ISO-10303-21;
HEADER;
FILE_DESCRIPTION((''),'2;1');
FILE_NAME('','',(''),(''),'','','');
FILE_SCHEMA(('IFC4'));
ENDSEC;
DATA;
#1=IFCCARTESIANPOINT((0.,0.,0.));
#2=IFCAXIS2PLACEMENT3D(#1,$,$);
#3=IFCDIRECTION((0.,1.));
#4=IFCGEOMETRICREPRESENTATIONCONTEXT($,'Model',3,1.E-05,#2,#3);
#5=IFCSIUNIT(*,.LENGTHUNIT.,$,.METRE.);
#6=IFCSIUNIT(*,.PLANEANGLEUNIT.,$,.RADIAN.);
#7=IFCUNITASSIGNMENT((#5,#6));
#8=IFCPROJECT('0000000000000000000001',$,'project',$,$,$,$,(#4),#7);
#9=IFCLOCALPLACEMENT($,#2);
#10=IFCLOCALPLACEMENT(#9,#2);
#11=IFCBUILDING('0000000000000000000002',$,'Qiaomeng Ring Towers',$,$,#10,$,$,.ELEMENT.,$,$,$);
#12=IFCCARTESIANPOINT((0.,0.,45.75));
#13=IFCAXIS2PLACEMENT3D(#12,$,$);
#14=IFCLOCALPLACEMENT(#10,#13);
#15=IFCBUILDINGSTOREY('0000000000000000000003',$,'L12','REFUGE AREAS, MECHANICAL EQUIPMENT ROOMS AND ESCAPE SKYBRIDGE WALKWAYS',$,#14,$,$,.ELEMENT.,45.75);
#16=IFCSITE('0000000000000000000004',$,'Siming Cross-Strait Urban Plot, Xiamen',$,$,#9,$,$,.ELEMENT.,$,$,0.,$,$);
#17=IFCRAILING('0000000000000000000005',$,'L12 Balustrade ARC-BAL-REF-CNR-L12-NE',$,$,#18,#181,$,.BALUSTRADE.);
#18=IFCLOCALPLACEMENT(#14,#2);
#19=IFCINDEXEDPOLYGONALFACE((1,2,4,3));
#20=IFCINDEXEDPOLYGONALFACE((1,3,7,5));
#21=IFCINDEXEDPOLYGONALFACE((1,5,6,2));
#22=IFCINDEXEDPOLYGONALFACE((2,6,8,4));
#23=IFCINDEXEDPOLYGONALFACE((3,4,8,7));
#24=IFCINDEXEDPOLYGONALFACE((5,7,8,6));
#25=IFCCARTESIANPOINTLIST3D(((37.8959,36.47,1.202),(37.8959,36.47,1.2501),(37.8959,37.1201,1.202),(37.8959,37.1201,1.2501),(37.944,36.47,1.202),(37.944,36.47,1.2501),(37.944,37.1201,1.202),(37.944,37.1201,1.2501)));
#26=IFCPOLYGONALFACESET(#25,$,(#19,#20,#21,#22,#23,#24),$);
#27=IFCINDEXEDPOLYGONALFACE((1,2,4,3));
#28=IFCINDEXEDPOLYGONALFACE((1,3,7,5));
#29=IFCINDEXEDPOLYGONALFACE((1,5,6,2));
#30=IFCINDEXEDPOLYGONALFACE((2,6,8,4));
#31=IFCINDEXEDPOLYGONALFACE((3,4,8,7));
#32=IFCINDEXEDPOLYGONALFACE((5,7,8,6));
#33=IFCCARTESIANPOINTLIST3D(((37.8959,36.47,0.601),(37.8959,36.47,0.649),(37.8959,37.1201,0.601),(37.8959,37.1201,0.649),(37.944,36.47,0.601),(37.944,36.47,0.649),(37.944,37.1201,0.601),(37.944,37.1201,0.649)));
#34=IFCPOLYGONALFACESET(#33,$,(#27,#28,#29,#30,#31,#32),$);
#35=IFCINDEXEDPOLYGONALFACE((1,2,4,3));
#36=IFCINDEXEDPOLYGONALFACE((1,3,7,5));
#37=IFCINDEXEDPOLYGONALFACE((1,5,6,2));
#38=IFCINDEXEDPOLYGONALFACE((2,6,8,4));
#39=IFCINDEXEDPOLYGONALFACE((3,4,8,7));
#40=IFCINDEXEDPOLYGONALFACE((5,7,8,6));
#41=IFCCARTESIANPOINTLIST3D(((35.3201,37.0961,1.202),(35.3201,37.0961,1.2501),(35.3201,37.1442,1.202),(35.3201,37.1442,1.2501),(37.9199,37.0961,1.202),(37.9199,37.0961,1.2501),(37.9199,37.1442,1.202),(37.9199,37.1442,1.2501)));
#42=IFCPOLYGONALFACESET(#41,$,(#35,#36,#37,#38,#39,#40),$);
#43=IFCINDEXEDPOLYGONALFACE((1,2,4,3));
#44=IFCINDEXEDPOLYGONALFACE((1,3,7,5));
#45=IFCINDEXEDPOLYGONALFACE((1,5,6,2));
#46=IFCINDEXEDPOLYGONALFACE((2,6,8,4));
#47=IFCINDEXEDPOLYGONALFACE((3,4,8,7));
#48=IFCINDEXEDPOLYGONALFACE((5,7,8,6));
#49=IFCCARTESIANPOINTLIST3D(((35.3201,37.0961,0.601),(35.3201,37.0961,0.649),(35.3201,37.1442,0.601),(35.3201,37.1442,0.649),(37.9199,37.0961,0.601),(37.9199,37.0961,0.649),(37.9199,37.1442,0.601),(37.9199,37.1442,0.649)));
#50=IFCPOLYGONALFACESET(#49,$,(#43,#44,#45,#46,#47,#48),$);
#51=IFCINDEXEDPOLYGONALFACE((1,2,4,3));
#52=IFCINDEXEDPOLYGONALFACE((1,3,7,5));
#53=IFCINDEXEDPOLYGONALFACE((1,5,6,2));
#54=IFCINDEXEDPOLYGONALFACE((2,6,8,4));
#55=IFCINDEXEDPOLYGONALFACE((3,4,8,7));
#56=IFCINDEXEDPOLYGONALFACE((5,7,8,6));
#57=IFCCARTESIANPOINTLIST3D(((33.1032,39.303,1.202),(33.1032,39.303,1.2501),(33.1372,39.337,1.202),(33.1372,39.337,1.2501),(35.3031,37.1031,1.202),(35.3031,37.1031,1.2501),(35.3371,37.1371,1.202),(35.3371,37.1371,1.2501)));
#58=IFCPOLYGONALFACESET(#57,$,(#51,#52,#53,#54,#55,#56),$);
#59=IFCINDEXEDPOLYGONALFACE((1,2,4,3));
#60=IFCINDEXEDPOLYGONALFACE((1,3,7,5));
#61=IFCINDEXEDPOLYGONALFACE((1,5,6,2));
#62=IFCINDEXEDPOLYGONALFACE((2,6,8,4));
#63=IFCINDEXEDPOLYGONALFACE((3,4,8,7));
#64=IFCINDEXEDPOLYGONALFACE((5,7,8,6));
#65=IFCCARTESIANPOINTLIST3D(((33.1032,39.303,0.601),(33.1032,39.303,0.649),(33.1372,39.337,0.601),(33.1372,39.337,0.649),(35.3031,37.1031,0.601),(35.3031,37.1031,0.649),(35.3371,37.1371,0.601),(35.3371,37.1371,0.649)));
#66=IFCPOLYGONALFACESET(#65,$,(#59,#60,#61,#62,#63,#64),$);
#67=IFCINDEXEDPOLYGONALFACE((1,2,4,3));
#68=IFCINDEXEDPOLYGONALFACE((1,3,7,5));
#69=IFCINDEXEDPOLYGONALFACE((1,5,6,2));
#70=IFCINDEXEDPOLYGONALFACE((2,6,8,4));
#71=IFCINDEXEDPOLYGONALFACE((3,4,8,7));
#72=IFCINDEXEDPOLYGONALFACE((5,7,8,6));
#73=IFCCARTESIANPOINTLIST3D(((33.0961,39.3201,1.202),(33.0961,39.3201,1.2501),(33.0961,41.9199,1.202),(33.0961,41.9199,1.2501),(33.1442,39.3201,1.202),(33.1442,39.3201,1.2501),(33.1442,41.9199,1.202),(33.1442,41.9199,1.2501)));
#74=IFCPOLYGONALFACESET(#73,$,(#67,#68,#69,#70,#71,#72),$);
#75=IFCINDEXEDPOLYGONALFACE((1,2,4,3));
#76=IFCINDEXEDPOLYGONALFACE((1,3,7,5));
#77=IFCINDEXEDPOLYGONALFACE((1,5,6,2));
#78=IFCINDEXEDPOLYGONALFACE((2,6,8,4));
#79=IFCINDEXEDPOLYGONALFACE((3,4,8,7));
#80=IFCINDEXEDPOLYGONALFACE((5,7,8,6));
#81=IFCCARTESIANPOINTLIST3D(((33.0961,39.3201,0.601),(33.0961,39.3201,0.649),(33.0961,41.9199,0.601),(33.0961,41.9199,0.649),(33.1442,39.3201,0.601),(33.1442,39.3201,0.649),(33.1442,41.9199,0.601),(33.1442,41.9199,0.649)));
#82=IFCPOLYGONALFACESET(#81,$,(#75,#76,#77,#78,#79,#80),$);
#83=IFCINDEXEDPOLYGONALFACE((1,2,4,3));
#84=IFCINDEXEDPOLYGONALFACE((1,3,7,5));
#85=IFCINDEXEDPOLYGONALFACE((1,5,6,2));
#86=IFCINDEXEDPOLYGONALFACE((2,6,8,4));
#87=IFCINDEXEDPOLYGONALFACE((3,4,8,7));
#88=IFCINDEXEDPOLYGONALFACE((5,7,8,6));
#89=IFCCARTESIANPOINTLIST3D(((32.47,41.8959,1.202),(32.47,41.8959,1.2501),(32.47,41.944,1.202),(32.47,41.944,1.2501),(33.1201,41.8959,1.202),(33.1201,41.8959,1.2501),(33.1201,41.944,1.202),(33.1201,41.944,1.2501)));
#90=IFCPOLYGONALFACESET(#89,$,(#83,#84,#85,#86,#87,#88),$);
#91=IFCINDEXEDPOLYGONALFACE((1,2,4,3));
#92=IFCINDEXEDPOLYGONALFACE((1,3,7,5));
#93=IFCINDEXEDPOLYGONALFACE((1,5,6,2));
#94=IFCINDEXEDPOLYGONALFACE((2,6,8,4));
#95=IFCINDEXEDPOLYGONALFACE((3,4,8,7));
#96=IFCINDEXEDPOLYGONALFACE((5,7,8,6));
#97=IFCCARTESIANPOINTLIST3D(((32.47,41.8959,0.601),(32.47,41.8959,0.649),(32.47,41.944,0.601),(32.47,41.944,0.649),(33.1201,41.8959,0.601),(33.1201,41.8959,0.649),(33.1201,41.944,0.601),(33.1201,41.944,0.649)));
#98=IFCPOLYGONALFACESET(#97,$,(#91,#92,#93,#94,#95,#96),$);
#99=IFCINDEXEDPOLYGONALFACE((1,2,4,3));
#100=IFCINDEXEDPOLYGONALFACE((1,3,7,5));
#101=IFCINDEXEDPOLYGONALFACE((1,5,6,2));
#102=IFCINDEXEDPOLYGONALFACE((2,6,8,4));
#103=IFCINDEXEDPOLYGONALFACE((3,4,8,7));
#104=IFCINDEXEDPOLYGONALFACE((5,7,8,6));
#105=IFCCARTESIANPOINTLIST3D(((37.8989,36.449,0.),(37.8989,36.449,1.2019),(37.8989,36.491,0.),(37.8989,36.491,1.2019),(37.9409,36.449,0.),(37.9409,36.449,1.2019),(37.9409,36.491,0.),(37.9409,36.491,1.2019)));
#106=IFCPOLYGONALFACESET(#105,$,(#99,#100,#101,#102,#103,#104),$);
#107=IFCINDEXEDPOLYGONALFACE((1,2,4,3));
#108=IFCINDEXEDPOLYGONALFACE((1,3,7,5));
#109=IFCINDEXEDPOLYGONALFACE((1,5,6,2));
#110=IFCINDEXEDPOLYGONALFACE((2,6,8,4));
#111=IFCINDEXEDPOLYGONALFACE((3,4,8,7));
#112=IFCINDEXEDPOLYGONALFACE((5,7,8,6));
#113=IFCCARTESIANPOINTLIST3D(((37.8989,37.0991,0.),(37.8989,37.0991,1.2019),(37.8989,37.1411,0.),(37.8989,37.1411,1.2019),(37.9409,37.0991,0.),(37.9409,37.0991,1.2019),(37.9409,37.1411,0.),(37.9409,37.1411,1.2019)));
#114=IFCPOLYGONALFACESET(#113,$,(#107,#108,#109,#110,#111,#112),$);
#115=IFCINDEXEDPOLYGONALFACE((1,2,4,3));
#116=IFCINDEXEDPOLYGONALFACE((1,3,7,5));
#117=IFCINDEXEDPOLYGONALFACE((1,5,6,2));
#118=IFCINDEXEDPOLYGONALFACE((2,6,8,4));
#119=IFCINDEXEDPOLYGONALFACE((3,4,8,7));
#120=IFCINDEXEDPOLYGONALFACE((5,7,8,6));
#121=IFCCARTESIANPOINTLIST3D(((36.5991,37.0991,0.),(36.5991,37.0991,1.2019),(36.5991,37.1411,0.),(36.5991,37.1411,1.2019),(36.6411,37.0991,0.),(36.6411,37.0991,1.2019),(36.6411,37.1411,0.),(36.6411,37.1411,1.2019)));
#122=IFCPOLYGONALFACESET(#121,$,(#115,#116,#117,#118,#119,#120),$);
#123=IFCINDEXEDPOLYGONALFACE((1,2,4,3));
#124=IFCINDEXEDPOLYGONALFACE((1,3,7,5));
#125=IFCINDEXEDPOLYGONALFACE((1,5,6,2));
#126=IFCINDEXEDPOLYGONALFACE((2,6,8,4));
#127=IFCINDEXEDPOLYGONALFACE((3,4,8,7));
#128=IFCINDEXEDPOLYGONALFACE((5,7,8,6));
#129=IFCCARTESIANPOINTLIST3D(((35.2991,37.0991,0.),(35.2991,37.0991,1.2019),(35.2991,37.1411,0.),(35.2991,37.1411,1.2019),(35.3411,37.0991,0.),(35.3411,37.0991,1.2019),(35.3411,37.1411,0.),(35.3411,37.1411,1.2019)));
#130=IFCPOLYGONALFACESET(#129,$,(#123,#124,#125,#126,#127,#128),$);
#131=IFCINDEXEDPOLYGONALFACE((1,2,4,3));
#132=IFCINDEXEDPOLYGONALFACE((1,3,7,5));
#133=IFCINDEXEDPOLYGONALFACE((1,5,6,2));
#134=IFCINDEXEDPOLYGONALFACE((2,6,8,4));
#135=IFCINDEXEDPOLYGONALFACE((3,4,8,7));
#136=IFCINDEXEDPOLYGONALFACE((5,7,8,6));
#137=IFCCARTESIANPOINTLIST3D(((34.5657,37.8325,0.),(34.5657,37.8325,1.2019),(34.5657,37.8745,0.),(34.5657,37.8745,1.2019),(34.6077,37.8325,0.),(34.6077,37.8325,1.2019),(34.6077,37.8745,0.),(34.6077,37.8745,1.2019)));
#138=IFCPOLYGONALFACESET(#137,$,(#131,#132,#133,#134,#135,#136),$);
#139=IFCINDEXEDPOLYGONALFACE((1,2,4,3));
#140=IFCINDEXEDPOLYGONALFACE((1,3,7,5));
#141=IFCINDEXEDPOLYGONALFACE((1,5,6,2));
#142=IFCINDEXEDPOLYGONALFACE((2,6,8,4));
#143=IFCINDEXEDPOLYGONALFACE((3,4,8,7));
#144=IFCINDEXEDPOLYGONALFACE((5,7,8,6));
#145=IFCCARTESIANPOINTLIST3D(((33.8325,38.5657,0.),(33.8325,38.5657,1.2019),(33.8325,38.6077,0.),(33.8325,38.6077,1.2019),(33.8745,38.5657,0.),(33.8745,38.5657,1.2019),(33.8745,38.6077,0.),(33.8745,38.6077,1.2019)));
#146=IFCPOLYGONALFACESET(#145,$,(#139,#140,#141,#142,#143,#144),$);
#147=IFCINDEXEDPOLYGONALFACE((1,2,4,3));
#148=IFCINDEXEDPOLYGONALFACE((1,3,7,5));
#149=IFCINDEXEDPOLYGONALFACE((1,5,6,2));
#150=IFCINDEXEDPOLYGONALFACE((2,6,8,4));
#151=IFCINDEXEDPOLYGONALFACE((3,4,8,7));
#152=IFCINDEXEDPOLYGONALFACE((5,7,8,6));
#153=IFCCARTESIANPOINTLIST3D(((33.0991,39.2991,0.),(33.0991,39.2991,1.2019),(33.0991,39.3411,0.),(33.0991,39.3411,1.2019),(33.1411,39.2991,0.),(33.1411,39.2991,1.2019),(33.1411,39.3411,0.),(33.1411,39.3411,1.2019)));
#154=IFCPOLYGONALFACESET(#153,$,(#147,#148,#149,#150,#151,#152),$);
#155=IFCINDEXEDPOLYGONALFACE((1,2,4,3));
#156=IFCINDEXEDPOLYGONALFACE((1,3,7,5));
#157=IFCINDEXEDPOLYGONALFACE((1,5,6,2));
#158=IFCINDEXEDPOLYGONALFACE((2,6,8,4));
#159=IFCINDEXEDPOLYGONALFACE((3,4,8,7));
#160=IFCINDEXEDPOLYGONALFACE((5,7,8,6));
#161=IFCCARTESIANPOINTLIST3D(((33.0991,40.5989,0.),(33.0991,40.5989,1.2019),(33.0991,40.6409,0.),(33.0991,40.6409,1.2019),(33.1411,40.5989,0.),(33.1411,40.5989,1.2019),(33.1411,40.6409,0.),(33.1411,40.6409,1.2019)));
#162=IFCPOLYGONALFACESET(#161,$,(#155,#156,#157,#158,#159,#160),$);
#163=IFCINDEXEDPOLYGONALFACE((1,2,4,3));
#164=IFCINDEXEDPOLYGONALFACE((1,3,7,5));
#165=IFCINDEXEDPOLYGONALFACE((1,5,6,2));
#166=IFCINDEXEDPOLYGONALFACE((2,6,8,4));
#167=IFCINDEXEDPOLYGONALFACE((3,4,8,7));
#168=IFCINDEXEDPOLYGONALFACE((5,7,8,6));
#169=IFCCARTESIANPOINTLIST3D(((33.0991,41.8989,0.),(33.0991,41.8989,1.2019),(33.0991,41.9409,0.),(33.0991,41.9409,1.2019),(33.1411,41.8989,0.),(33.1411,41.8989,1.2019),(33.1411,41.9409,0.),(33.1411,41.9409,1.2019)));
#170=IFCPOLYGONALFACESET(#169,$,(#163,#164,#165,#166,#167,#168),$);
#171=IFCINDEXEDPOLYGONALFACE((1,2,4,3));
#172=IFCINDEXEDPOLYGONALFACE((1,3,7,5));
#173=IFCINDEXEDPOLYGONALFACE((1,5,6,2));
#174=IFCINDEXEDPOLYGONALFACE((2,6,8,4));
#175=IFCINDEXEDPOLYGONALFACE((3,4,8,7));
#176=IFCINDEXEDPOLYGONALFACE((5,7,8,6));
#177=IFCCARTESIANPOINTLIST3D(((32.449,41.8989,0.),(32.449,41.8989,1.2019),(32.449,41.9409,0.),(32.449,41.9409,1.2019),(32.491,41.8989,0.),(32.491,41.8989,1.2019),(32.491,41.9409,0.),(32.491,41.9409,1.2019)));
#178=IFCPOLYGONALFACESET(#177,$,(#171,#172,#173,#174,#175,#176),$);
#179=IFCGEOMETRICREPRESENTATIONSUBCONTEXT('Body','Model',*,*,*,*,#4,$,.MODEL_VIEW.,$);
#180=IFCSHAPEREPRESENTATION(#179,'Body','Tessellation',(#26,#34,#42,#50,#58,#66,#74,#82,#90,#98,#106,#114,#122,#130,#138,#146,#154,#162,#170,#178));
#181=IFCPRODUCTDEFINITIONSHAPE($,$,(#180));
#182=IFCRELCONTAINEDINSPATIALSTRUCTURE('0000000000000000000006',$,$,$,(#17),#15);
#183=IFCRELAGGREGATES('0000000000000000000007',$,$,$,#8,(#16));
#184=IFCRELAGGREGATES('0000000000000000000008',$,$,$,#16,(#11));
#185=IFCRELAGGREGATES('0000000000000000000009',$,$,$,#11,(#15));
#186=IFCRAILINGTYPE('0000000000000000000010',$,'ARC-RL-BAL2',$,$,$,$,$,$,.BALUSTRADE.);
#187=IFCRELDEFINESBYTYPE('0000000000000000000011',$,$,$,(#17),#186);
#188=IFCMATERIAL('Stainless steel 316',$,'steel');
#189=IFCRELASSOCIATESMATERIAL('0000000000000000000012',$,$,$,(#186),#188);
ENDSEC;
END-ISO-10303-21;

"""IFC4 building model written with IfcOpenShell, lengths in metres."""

from ifc_helpers import new_model, si_unit, direction, frame, origin, origin_2d, place, context, subcontext, project, spatial, rectangle, extrude, material, type_object, element, save


model = new_model("IFC4")

# Units and contexts
model_context = context("Model", 3, precision=1e-05, world=origin(), true_north=direction((0.0, 1.0)))
body_context = subcontext(model_context, "Body", "Model", "MODEL_VIEW")
ifc_project = project(units=[si_unit("LENGTHUNIT", "METRE"), si_unit("PLANEANGLEUNIT", "RADIAN")], contexts=[model_context])

# Site, building, storey
site_placement = place(None, origin())
site = spatial("IfcSite", under=ifc_project, at=site_placement, Name="Siming Cross-Strait Urban Plot, Xiamen", CompositionType="ELEMENT", RefElevation=0.0)
building_placement = place(site_placement, origin())
building = spatial("IfcBuilding", under=site, at=building_placement, Name="Qiaomeng Ring Towers", CompositionType="ELEMENT")
storey_placement = place(building_placement, frame((0.0, 0.0, 45.75)))
storey = spatial("IfcBuildingStorey", under=building, at=storey_placement, Name="L12", Description="REFUGE AREAS, MECHANICAL EQUIPMENT ROOMS AND ESCAPE SKYBRIDGE WALKWAYS", CompositionType="ELEMENT", Elevation=45.75)

# Railing
ifc_material_1 = material(Name="Stainless steel 316", Category="steel")
railing_type_1 = type_object("IfcRailingType", Name="ARC-RL-BAL2", PredefinedType="BALUSTRADE", material=ifc_material_1)
railing_1_placement = place(storey_placement, frame((37.9199, 36.47, 0.0)))
element("IfcRailing", 1, at=railing_1_placement, inside=storey, type_object=railing_type_1, Name="L12 Balustrade ARC-BAL-REF-CNR-L12-NE", PredefinedType="BALUSTRADE", context=body_context, shape_type="SweptSolid", body=[
    extrude(rectangle(XDim=0.0481, YDim=0.0481, at=origin_2d()), frame((0.0, 0.0, 1.2261), z_axis=(0.0, 1.0, 0.0), x_axis=(-1.0, 0.0, 0.0)), (0.0, 0.0, 1.0), 0.6501),
    extrude(rectangle(XDim=0.0481, YDim=0.0481, at=origin_2d()), frame((0.0, 0.0, 0.625), z_axis=(0.0, 1.0, 0.0), x_axis=(-1.0, 0.0, 0.0)), (0.0, 0.0, 1.0), 0.6501),
    extrude(rectangle(XDim=0.0481, YDim=0.0481, at=origin_2d()), frame((0.0, 0.6501, 1.2261), z_axis=(-1.0, 0.0, 0.0), x_axis=(0.0, -1.0, 0.0)), (0.0, 0.0, 1.0), 2.5999),
    extrude(rectangle(XDim=0.0481, YDim=0.0481, at=origin_2d()), frame((0.0, 0.6501, 0.625), z_axis=(-1.0, 0.0, 0.0), x_axis=(0.0, -1.0, 0.0)), (0.0, 0.0, 1.0), 2.5999),
    extrude(rectangle(XDim=0.0481, YDim=0.0481, at=origin_2d()), frame((-2.5999, 0.6501, 1.2261), z_axis=(-0.707107, 0.707107, 0.0), x_axis=(-0.707107, -0.707107, 0.0)), (0.0, 0.0, 1.0), 3.1111),
    extrude(rectangle(XDim=0.0481, YDim=0.0481, at=origin_2d()), frame((-2.5999, 0.6501, 0.625), z_axis=(-0.707107, 0.707107, 0.0), x_axis=(-0.707107, -0.707107, 0.0)), (0.0, 0.0, 1.0), 3.1111),
    extrude(rectangle(XDim=0.0481, YDim=0.0481, at=origin_2d()), frame((-4.7998, 2.8501, 1.2261), z_axis=(0.0, 1.0, 0.0), x_axis=(-1.0, 0.0, 0.0)), (0.0, 0.0, 1.0), 2.5999),
    extrude(rectangle(XDim=0.0481, YDim=0.0481, at=origin_2d()), frame((-4.7998, 2.8501, 0.625), z_axis=(0.0, 1.0, 0.0), x_axis=(-1.0, 0.0, 0.0)), (0.0, 0.0, 1.0), 2.5999),
    extrude(rectangle(XDim=0.0481, YDim=0.0481, at=origin_2d()), frame((-4.7998, 5.45, 1.2261), z_axis=(-1.0, 0.0, 0.0), x_axis=(0.0, -1.0, 0.0)), (0.0, 0.0, 1.0), 0.6501),
    extrude(rectangle(XDim=0.0481, YDim=0.0481, at=origin_2d()), frame((-4.7998, 5.45, 0.625), z_axis=(-1.0, 0.0, 0.0), x_axis=(0.0, -1.0, 0.0)), (0.0, 0.0, 1.0), 0.6501),
    extrude(rectangle(XDim=0.042, YDim=0.042, at=origin_2d()), origin(), (0.0, 0.0, 1.0), 1.2019),
    extrude(rectangle(XDim=0.042, YDim=0.042, at=origin_2d()), frame((0.0, 0.6501, 0.0)), (0.0, 0.0, 1.0), 1.2019),
    extrude(rectangle(XDim=0.042, YDim=0.042, at=origin_2d()), frame((-1.2998, 0.6501, 0.0)), (0.0, 0.0, 1.0), 1.2019),
    extrude(rectangle(XDim=0.042, YDim=0.042, at=origin_2d()), frame((-2.5999, 0.6501, 0.0)), (0.0, 0.0, 1.0), 1.2019),
    extrude(rectangle(XDim=0.042, YDim=0.042, at=origin_2d()), frame((-3.3333, 1.3835, 0.0)), (0.0, 0.0, 1.0), 1.2019),
    extrude(rectangle(XDim=0.042, YDim=0.042, at=origin_2d()), frame((-4.0664, 2.1167, 0.0)), (0.0, 0.0, 1.0), 1.2019),
    extrude(rectangle(XDim=0.042, YDim=0.042, at=origin_2d()), frame((-4.7998, 2.8501, 0.0)), (0.0, 0.0, 1.0), 1.2019),
    extrude(rectangle(XDim=0.042, YDim=0.042, at=origin_2d()), frame((-4.7998, 4.1499, 0.0)), (0.0, 0.0, 1.0), 1.2019),
    extrude(rectangle(XDim=0.042, YDim=0.042, at=origin_2d()), frame((-4.7998, 5.45, 0.0)), (0.0, 0.0, 1.0), 1.2019),
    extrude(rectangle(XDim=0.042, YDim=0.042, at=origin_2d()), frame((-5.45, 5.45, 0.0)), (0.0, 0.0, 1.0), 1.2019),
])

save(model, "model.ifc")
